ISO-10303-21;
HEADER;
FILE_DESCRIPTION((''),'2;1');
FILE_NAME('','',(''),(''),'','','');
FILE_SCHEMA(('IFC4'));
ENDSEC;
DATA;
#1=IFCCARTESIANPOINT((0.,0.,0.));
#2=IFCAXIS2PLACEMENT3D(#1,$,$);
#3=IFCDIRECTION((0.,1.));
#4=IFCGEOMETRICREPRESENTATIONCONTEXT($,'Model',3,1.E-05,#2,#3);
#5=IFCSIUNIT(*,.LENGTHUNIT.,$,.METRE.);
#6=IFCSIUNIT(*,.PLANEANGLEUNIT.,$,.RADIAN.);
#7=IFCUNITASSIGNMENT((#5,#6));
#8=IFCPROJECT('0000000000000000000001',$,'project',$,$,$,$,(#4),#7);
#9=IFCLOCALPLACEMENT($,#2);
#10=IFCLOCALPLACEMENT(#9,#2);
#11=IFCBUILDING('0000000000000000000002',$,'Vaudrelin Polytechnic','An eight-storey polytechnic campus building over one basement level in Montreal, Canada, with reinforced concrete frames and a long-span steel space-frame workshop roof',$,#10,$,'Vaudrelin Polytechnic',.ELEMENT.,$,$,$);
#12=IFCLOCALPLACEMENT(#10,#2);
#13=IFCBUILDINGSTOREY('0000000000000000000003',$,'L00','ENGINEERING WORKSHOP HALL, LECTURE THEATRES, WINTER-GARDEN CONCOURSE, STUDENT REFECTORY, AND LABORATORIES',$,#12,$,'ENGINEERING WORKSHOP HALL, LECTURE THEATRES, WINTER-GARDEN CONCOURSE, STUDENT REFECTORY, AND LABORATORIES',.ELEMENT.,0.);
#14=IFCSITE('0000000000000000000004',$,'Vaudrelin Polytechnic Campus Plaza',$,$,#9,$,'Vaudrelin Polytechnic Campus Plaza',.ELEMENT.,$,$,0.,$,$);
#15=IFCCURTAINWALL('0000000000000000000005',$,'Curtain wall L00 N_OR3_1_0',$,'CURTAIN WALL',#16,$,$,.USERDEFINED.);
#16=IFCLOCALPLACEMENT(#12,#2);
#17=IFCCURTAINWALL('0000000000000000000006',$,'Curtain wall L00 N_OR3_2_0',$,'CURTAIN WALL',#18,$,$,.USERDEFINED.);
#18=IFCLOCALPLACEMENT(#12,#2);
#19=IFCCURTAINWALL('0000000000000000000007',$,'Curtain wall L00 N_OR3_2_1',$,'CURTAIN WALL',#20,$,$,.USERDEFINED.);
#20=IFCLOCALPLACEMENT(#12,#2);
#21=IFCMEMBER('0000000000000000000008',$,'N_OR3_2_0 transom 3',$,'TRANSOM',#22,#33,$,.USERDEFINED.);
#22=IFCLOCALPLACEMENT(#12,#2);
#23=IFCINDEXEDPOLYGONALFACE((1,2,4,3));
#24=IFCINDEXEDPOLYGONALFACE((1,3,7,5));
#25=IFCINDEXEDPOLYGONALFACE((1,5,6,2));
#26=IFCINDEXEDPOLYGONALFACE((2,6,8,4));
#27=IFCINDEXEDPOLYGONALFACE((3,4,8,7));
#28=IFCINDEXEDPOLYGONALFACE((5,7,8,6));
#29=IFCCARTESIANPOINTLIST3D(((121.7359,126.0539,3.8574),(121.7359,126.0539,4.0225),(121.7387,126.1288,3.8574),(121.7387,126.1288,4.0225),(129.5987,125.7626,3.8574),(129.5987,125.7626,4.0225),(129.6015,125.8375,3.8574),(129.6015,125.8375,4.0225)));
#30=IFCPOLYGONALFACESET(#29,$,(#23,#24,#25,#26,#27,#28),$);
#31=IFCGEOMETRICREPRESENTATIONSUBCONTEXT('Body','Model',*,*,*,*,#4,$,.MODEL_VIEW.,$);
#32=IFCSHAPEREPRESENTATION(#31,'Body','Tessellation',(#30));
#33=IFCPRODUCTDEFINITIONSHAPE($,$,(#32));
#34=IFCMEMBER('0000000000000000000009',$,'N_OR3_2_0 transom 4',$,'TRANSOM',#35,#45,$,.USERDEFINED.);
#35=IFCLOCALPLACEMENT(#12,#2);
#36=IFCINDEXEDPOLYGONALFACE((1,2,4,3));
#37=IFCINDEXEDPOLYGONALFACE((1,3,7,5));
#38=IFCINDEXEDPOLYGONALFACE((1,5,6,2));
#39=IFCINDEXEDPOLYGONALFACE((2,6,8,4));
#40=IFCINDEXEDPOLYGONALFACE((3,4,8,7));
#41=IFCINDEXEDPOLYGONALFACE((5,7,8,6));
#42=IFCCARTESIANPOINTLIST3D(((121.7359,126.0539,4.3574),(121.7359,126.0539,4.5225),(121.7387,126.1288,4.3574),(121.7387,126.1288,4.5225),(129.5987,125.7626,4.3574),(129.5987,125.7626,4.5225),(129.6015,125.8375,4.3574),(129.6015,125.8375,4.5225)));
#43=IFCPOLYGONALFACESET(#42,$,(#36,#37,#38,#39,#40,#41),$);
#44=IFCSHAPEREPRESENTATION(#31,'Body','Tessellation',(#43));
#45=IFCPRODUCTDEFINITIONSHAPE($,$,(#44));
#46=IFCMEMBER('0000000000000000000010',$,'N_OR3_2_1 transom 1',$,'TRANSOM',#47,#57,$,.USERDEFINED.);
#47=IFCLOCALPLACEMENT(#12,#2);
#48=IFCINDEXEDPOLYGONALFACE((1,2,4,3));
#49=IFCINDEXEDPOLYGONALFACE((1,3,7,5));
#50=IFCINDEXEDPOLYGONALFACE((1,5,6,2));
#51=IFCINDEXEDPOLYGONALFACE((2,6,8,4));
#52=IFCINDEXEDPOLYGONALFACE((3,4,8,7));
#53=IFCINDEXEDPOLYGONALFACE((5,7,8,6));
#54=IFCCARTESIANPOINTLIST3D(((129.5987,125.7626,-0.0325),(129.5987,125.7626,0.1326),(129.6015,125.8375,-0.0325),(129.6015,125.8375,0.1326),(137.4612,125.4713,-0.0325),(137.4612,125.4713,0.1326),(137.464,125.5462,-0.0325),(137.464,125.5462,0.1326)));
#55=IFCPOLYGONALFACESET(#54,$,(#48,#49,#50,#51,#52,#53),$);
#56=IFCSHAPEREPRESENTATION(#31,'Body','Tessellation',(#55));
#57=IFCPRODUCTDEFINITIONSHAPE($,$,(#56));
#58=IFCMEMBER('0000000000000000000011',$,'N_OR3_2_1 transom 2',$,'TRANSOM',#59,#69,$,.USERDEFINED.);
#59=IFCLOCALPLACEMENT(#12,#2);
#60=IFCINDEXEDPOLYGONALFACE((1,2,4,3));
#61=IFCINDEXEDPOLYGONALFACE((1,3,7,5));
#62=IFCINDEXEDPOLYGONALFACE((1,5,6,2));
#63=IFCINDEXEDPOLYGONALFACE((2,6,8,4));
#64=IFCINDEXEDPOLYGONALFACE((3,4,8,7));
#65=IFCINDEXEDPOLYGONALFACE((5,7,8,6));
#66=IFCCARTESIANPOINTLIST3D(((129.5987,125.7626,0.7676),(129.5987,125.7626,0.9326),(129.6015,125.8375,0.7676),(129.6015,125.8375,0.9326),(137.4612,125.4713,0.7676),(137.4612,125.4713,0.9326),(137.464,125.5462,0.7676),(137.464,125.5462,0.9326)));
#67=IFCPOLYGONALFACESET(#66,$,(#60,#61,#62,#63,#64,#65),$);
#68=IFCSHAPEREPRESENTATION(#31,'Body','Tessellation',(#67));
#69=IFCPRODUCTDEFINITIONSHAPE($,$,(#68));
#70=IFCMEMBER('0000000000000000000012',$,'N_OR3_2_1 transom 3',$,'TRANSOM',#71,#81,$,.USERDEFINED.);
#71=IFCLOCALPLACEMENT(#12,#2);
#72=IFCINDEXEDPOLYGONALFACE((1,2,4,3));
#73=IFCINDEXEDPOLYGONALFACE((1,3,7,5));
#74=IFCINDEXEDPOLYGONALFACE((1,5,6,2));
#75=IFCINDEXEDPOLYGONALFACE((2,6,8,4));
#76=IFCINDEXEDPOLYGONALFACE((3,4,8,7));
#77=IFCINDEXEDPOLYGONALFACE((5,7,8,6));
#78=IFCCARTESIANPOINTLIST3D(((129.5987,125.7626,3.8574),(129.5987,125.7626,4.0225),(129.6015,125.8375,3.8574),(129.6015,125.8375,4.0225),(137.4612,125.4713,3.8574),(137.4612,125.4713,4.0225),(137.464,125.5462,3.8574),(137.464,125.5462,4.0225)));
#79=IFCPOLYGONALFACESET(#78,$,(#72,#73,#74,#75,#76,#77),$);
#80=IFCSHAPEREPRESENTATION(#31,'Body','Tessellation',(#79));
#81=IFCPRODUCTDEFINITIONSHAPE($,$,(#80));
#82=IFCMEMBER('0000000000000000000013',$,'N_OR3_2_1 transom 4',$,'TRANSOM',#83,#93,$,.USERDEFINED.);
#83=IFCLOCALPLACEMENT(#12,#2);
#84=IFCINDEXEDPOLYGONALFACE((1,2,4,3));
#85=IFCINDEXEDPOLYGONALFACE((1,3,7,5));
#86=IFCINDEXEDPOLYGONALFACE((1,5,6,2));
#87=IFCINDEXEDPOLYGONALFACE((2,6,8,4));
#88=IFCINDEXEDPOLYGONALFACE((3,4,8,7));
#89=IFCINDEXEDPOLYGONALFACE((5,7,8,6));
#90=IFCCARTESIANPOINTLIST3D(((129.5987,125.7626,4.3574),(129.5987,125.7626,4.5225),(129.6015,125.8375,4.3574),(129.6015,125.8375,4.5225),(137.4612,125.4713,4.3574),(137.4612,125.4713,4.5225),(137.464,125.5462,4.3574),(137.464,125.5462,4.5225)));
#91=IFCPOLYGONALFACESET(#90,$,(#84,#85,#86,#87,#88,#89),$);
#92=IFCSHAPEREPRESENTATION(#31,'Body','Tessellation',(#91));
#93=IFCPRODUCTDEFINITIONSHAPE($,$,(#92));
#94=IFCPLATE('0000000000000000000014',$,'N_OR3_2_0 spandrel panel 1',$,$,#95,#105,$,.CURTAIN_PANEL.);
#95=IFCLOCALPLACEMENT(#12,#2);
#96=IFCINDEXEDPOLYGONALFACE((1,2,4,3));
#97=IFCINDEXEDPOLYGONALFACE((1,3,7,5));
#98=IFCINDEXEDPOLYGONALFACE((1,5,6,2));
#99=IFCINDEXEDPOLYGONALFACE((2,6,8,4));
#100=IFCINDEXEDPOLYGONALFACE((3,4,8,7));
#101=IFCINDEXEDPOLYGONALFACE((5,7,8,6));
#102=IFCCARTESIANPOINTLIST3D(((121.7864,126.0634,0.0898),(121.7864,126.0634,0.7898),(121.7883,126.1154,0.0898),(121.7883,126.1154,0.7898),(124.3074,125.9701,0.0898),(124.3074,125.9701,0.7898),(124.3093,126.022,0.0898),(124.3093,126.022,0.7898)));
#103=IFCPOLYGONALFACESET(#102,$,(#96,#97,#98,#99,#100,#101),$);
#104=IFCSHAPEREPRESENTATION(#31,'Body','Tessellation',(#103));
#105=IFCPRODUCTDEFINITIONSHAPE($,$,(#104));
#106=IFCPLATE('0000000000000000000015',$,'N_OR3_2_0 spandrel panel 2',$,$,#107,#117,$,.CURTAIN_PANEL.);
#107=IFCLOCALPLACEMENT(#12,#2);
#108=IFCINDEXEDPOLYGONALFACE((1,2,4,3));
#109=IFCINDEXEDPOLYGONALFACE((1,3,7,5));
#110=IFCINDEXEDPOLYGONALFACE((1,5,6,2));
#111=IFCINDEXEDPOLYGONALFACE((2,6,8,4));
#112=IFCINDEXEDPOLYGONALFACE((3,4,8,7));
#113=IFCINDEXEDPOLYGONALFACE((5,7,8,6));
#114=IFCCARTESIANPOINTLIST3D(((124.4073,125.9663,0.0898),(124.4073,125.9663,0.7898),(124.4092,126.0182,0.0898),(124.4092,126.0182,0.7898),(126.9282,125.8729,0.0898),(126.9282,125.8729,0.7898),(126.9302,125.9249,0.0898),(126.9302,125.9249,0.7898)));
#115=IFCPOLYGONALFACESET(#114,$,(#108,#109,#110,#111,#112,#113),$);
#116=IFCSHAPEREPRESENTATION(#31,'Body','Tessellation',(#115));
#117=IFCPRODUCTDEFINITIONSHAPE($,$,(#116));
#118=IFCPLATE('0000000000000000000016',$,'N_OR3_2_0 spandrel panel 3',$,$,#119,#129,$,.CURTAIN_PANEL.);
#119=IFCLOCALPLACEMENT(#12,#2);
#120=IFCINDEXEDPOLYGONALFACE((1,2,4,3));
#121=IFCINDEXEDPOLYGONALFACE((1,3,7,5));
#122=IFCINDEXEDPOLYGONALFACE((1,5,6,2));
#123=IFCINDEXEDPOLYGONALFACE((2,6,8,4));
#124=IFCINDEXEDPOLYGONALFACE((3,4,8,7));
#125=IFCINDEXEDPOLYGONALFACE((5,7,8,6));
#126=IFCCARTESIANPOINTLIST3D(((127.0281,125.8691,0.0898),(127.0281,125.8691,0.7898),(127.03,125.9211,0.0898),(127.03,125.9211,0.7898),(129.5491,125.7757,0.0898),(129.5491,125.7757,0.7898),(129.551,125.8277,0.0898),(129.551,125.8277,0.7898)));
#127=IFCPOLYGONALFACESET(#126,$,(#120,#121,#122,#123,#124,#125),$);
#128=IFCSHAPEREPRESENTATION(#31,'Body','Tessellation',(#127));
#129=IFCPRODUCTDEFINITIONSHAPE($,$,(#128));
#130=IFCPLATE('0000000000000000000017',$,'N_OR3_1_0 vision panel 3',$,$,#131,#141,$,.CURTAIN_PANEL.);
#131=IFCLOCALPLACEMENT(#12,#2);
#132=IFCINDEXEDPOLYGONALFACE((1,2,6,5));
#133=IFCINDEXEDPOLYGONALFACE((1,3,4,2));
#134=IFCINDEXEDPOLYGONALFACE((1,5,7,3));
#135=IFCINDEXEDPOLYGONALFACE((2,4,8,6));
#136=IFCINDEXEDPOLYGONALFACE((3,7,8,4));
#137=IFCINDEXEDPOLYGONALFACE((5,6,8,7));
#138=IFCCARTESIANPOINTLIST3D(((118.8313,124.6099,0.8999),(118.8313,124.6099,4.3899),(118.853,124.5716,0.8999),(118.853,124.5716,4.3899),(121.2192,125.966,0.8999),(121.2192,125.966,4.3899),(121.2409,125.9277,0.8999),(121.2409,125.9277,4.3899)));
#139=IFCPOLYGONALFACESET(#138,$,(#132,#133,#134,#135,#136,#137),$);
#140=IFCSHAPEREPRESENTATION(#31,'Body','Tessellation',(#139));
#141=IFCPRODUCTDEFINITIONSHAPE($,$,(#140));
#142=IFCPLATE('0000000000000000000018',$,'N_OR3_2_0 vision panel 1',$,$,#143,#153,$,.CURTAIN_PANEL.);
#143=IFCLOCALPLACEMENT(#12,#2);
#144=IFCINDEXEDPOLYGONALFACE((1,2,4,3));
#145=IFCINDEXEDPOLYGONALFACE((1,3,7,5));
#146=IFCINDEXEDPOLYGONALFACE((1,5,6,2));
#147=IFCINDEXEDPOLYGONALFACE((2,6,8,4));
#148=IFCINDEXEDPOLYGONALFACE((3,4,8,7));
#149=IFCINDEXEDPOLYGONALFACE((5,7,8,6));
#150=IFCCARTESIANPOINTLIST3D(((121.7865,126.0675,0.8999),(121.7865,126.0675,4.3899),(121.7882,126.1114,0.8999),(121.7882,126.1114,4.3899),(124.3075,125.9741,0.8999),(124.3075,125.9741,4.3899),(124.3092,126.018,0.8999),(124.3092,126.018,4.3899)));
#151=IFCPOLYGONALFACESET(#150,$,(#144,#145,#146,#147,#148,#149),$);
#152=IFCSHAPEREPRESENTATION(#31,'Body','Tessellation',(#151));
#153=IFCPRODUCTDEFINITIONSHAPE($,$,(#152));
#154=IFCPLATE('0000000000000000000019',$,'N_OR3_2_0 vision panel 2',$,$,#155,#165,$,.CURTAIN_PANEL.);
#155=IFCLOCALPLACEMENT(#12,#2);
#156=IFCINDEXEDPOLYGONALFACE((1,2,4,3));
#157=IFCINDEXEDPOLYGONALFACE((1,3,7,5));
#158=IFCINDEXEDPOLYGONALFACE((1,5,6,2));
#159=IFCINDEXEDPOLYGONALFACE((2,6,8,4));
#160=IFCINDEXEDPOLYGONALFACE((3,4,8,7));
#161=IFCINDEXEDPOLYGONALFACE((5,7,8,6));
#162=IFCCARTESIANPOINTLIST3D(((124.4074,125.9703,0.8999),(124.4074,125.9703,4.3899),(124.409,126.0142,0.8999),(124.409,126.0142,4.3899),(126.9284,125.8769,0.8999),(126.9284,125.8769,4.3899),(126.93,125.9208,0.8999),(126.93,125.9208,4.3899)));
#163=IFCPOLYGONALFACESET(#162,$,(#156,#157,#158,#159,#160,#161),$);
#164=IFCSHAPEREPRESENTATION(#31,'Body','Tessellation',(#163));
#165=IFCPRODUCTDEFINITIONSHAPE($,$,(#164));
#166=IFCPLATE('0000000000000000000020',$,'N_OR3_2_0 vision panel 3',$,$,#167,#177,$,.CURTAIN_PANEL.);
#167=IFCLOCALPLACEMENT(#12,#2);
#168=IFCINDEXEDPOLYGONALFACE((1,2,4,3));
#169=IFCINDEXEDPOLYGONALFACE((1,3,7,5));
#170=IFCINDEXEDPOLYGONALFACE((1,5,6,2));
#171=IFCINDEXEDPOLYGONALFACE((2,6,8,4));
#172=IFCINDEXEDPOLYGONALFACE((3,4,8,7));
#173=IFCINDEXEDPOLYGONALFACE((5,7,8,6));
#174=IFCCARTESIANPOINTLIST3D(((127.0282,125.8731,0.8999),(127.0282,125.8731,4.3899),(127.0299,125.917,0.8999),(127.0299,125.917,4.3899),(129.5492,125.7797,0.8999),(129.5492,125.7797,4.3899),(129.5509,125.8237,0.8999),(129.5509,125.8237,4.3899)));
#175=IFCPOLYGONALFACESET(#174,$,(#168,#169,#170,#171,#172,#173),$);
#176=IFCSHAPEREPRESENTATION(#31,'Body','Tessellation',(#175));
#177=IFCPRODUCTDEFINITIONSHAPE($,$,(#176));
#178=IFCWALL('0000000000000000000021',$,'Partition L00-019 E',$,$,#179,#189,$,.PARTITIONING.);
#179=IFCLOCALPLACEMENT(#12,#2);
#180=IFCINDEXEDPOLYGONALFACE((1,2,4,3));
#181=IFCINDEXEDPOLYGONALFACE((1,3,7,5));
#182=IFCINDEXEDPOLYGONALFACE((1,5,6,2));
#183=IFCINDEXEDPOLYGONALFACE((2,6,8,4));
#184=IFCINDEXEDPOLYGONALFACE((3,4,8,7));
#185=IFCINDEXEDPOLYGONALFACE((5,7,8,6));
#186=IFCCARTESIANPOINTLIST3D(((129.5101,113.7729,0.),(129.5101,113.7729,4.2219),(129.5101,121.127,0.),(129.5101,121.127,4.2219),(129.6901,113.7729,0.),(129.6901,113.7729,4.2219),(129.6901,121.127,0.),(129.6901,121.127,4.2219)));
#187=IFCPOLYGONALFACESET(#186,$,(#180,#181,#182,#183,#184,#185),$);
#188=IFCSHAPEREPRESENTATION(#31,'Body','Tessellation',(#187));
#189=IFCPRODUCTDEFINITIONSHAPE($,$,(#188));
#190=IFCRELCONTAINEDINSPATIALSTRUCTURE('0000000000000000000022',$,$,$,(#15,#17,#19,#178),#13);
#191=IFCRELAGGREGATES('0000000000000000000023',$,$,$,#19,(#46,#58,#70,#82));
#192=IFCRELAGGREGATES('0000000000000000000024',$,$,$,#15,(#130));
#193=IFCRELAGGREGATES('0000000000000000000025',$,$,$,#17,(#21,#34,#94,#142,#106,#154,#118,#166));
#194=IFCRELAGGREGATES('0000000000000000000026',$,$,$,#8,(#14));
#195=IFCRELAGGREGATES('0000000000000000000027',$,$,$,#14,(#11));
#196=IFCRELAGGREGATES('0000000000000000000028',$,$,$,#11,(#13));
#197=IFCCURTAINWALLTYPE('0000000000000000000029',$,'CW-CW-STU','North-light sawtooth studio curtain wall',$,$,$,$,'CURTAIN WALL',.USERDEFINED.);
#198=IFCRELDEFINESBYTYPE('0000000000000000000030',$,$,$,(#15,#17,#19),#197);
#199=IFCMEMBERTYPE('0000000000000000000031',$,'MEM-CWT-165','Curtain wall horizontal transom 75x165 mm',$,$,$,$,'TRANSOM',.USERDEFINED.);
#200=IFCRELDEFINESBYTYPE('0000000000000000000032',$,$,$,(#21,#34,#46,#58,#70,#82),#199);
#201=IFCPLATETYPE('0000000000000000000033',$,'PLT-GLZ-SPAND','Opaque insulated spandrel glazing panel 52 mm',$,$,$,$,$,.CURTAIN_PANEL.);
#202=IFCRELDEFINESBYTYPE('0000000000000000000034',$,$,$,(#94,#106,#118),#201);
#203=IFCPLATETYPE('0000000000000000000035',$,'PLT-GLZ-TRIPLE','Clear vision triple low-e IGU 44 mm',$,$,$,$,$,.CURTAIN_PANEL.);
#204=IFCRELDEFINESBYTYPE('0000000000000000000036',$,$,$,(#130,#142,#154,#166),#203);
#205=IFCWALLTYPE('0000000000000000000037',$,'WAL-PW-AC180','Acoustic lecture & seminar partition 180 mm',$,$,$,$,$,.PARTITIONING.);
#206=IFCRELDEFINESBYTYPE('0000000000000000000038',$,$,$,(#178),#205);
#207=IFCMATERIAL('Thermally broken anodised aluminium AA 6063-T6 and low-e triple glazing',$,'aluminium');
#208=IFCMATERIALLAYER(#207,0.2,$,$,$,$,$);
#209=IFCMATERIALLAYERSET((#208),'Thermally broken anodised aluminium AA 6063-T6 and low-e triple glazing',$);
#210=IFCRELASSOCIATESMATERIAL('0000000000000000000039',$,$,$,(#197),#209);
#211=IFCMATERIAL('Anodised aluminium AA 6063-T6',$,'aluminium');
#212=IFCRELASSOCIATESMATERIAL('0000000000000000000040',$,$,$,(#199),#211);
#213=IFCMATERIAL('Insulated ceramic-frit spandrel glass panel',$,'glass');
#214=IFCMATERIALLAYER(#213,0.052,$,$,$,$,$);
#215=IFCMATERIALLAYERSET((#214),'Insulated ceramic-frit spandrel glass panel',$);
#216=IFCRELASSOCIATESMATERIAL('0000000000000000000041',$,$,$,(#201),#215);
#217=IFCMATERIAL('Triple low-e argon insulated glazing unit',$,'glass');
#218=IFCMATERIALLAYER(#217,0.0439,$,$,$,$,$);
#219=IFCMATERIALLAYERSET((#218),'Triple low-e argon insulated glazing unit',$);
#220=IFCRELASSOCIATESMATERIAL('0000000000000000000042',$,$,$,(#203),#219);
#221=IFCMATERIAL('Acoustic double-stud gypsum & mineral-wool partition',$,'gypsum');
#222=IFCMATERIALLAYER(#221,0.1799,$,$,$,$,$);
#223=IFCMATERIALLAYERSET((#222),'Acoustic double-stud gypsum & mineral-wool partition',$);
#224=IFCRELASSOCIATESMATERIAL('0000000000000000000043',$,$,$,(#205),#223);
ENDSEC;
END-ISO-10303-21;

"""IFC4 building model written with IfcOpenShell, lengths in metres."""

from ifc_helpers import new_model, si_unit, direction, frame, frame_2d, origin, origin_2d, place, context, subcontext, project, spatial, rectangle, extrude, material, layer, layer_set, material_profile, profile_set, type_object, element, aggregate, save


model = new_model("IFC4")

# Units and contexts
model_context = context("Model", 3, precision=1e-05, world=origin(), true_north=direction((0.0, 1.0)))
body_context = subcontext(model_context, "Body", "Model", "MODEL_VIEW")
ifc_project = project(units=[si_unit("LENGTHUNIT", "METRE"), si_unit("PLANEANGLEUNIT", "RADIAN")], contexts=[model_context])

# Site, building, storey
site_placement = place(None, origin())
site = spatial("IfcSite", under=ifc_project, at=site_placement, Name="Vaudrelin Polytechnic Campus Plaza", LongName="Vaudrelin Polytechnic Campus Plaza", CompositionType="ELEMENT", RefElevation=0.0)
building_placement = place(site_placement, origin())
building = spatial("IfcBuilding", under=site, at=building_placement, Name="Vaudrelin Polytechnic", Description="An eight-storey polytechnic campus building over one basement level in Montreal, Canada, with reinforced concrete frames and a long-span steel space-frame workshop roof", LongName="Vaudrelin Polytechnic", CompositionType="ELEMENT")
storey_placement = place(building_placement, origin())
storey = spatial("IfcBuildingStorey", under=building, at=storey_placement, Name="L00", Description="ENGINEERING WORKSHOP HALL, LECTURE THEATRES, WINTER-GARDEN CONCOURSE, STUDENT REFECTORY, AND LABORATORIES", LongName="ENGINEERING WORKSHOP HALL, LECTURE THEATRES, WINTER-GARDEN CONCOURSE, STUDENT REFECTORY, AND LABORATORIES", CompositionType="ELEMENT", Elevation=0.0)

# Curtain wall
ifc_material_1 = material(Name="Thermally broken anodised aluminium AA 6063-T6 and low-e triple glazing", Category="aluminium")
ifc_layer_1 = layer(ifc_material_1, 0.2)
ifc_layer_set_1 = layer_set([ifc_layer_1], Name="Thermally broken anodised aluminium AA 6063-T6 and low-e triple glazing")
curtain_wall_type = type_object("IfcCurtainWallType", Name="CW-CW-STU", Description="North-light sawtooth studio curtain wall", ElementType="CURTAIN WALL", PredefinedType="USERDEFINED", material=ifc_layer_set_1)
curtain_wall_1_placement = place(storey_placement, origin())
curtain_wall_1 = element("IfcCurtainWall", 1, at=curtain_wall_1_placement, inside=storey, type_object=curtain_wall_type, Name="Curtain wall L00 N_OR3_1_0", ObjectType="CURTAIN WALL", PredefinedType="USERDEFINED")
ifc_material_2 = material(Name="Anodised aluminium AA 6063-T6", Category="aluminium")

# Curtain wall
curtain_wall_2_placement = place(storey_placement, origin())
curtain_wall_2 = element("IfcCurtainWall", 2, at=curtain_wall_2_placement, inside=storey, type_object=curtain_wall_type, Name="Curtain wall L00 N_OR3_2_0", ObjectType="CURTAIN WALL", PredefinedType="USERDEFINED")

# Curtain wall
curtain_wall_3_placement = place(storey_placement, origin())
curtain_wall_3 = element("IfcCurtainWall", 3, at=curtain_wall_3_placement, inside=storey, type_object=curtain_wall_type, Name="Curtain wall L00 N_OR3_2_1", ObjectType="CURTAIN WALL", PredefinedType="USERDEFINED")

# Members
ifc_material_profile_1 = material_profile(ifc_material_2, rectangle(XDim=0.075, YDim=0.165, at=origin_2d()), Name="CWT-75x165")
ifc_profile_set_1 = profile_set([ifc_material_profile_1], Name="Anodised aluminium AA 6063-T6")
member_type_1 = type_object("IfcMemberType", Name="MEM-CWT-165", Description="Curtain wall horizontal transom 75x165 mm", ElementType="TRANSOM", PredefinedType="USERDEFINED", material=ifc_profile_set_1)
member_1_placement = place(storey_placement, frame((121.7373, 126.0913, 3.9399), z_axis=(0.999315, -0.037017, 0.0), x_axis=(0.037017, 0.999315, 0.0)))
member_1 = element("IfcMember", 4, at=member_1_placement, type_object=member_type_1, Name="N_OR3_2_0 transom 3", ObjectType="TRANSOM", PredefinedType="USERDEFINED", context=body_context, shape_type="SweptSolid", body=[
    extrude(rectangle(XDim=0.075, YDim=0.165, at=origin_2d()), origin(), (0.0, 0.0, 1.0), 7.8682),
])
member_2_placement = place(storey_placement, frame((121.7373, 126.0913, 4.4399), z_axis=(0.999315, -0.037017, 0.0), x_axis=(0.037017, 0.999315, 0.0)))
member_2 = element("IfcMember", 5, at=member_2_placement, type_object=member_type_1, Name="N_OR3_2_0 transom 4", ObjectType="TRANSOM", PredefinedType="USERDEFINED", context=body_context, shape_type="SweptSolid", body=[
    extrude(rectangle(XDim=0.075, YDim=0.165, at=origin_2d()), origin(), (0.0, 0.0, 1.0), 7.8682),
])
member_3_placement = place(storey_placement, frame((129.6001, 125.8, 0.05), z_axis=(0.999315, -0.037019, 0.0), x_axis=(0.037019, 0.999315, 0.0)))
member_3 = element("IfcMember", 6, at=member_3_placement, type_object=member_type_1, Name="N_OR3_2_1 transom 1", ObjectType="TRANSOM", PredefinedType="USERDEFINED", context=body_context, shape_type="SweptSolid", body=[
    extrude(rectangle(XDim=0.075, YDim=0.165, at=origin_2d()), origin(), (0.0, 0.0, 1.0), 7.8679),
])
member_4_placement = place(storey_placement, frame((129.6001, 125.8, 0.8501), z_axis=(0.999315, -0.037019, 0.0), x_axis=(0.037019, 0.999315, 0.0)))
member_4 = element("IfcMember", 7, at=member_4_placement, type_object=member_type_1, Name="N_OR3_2_1 transom 2", ObjectType="TRANSOM", PredefinedType="USERDEFINED", context=body_context, shape_type="SweptSolid", body=[
    extrude(rectangle(XDim=0.075, YDim=0.165, at=origin_2d()), origin(), (0.0, 0.0, 1.0), 7.8679),
])
member_5_placement = place(storey_placement, frame((129.6001, 125.8, 3.9399), z_axis=(0.999315, -0.037019, 0.0), x_axis=(0.037019, 0.999315, 0.0)))
member_5 = element("IfcMember", 8, at=member_5_placement, type_object=member_type_1, Name="N_OR3_2_1 transom 3", ObjectType="TRANSOM", PredefinedType="USERDEFINED", context=body_context, shape_type="SweptSolid", body=[
    extrude(rectangle(XDim=0.075, YDim=0.165, at=origin_2d()), origin(), (0.0, 0.0, 1.0), 7.8679),
])
member_6_placement = place(storey_placement, frame((129.6001, 125.8, 4.4399), z_axis=(0.999315, -0.037019, 0.0), x_axis=(0.037019, 0.999315, 0.0)))
member_6 = element("IfcMember", 9, at=member_6_placement, type_object=member_type_1, Name="N_OR3_2_1 transom 4", ObjectType="TRANSOM", PredefinedType="USERDEFINED", context=body_context, shape_type="SweptSolid", body=[
    extrude(rectangle(XDim=0.075, YDim=0.165, at=origin_2d()), origin(), (0.0, 0.0, 1.0), 7.8679),
])
aggregate(curtain_wall_3, [member_3, member_4, member_5, member_6])

# Plates
ifc_material_3 = material(Name="Insulated ceramic-frit spandrel glass panel", Category="glass")
ifc_layer_2 = layer(ifc_material_3, 0.052)
ifc_layer_set_2 = layer_set([ifc_layer_2], Name="Insulated ceramic-frit spandrel glass panel")
plate_type_1 = type_object("IfcPlateType", Name="PLT-GLZ-SPAND", Description="Opaque insulated spandrel glazing panel 52 mm", PredefinedType="CURTAIN_PANEL", material=ifc_layer_set_2)
plate_1_placement = place(storey_placement, frame((123.0479, 126.0427, 0.0898), z_axis=(0.0, 0.0, 1.0), x_axis=(0.999315, -0.037011, 0.0)))
plate_1 = element("IfcPlate", 10, at=plate_1_placement, type_object=plate_type_1, Name="N_OR3_2_0 spandrel panel 1", PredefinedType="CURTAIN_PANEL", context=body_context, shape_type="SweptSolid", body=[
    extrude(rectangle(XDim=2.5227, YDim=0.052, at=origin_2d()), origin(), (0.0, 0.0, 1.0), 0.7),
])
plate_2_placement = place(storey_placement, frame((125.6687, 125.9456, 0.0898), z_axis=(0.0, 0.0, 1.0), x_axis=(0.999315, -0.037011, 0.0)))
plate_2 = element("IfcPlate", 11, at=plate_2_placement, type_object=plate_type_1, Name="N_OR3_2_0 spandrel panel 2", PredefinedType="CURTAIN_PANEL", context=body_context, shape_type="SweptSolid", body=[
    extrude(rectangle(XDim=2.5227, YDim=0.052, at=origin_2d()), origin(), (0.0, 0.0, 1.0), 0.7),
])
plate_3_placement = place(storey_placement, frame((128.2896, 125.8484, 0.0898), z_axis=(0.0, 0.0, 1.0), x_axis=(0.999315, -0.037011, 0.0)))
plate_3 = element("IfcPlate", 12, at=plate_3_placement, type_object=plate_type_1, Name="N_OR3_2_0 spandrel panel 3", PredefinedType="CURTAIN_PANEL", context=body_context, shape_type="SweptSolid", body=[
    extrude(rectangle(XDim=2.5227, YDim=0.052, at=origin_2d()), origin(), (0.0, 0.0, 1.0), 0.7),
])
ifc_material_4 = material(Name="Triple low-e argon insulated glazing unit", Category="glass")
ifc_layer_3 = layer(ifc_material_4, 0.0439)
ifc_layer_set_3 = layer_set([ifc_layer_3], Name="Triple low-e argon insulated glazing unit")
plate_type_2 = type_object("IfcPlateType", Name="PLT-GLZ-TRIPLE", Description="Clear vision triple low-e IGU 44 mm", PredefinedType="CURTAIN_PANEL", material=ifc_layer_set_3)
plate_4_placement = place(storey_placement, frame((120.0361, 125.2688, 0.8999), z_axis=(0.0, 0.0, 1.0), x_axis=(0.869561, 0.493825, 0.0)))
plate_4 = element("IfcPlate", 13, at=plate_4_placement, type_object=plate_type_2, Name="N_OR3_1_0 vision panel 3", PredefinedType="CURTAIN_PANEL", context=body_context, shape_type="SweptSolid", body=[
    extrude(rectangle(XDim=2.7461, YDim=0.0439, at=origin_2d()), origin(), (0.0, 0.0, 1.0), 3.49),
])
aggregate(curtain_wall_1, [plate_4])
plate_5_placement = place(storey_placement, frame((123.0479, 126.0427, 0.8999), z_axis=(0.0, 0.0, 1.0), x_axis=(0.999315, -0.037011, 0.0)))
plate_5 = element("IfcPlate", 14, at=plate_5_placement, type_object=plate_type_2, Name="N_OR3_2_0 vision panel 1", PredefinedType="CURTAIN_PANEL", context=body_context, shape_type="SweptSolid", body=[
    extrude(rectangle(XDim=2.5227, YDim=0.0439, at=origin_2d()), origin(), (0.0, 0.0, 1.0), 3.49),
])
plate_6_placement = place(storey_placement, frame((125.6687, 125.9456, 0.8999), z_axis=(0.0, 0.0, 1.0), x_axis=(0.999315, -0.037011, 0.0)))
plate_6 = element("IfcPlate", 15, at=plate_6_placement, type_object=plate_type_2, Name="N_OR3_2_0 vision panel 2", PredefinedType="CURTAIN_PANEL", context=body_context, shape_type="SweptSolid", body=[
    extrude(rectangle(XDim=2.5227, YDim=0.0439, at=origin_2d()), origin(), (0.0, 0.0, 1.0), 3.49),
])
plate_7_placement = place(storey_placement, frame((128.2896, 125.8484, 0.8999), z_axis=(0.0, 0.0, 1.0), x_axis=(0.999315, -0.037011, 0.0)))
plate_7 = element("IfcPlate", 16, at=plate_7_placement, type_object=plate_type_2, Name="N_OR3_2_0 vision panel 3", PredefinedType="CURTAIN_PANEL", context=body_context, shape_type="SweptSolid", body=[
    extrude(rectangle(XDim=2.5227, YDim=0.0439, at=origin_2d()), origin(), (0.0, 0.0, 1.0), 3.49),
])
aggregate(curtain_wall_2, [member_1, member_2, plate_1, plate_5, plate_2, plate_6, plate_3, plate_7])

# Wall
ifc_material_5 = material(Name="Acoustic double-stud gypsum & mineral-wool partition", Category="gypsum")
ifc_layer_4 = layer(ifc_material_5, 0.1799)
ifc_layer_set_4 = layer_set([ifc_layer_4], Name="Acoustic double-stud gypsum & mineral-wool partition")
wall_type = type_object("IfcWallType", Name="WAL-PW-AC180", Description="Acoustic lecture & seminar partition 180 mm", PredefinedType="PARTITIONING", material=ifc_layer_set_4)
wall_1_placement = place(storey_placement, frame((129.6001, 113.7729, 0.0), z_axis=(0.0, 0.0, 1.0), x_axis=(0.0, 1.0, 0.0)))
element("IfcWall", 17, at=wall_1_placement, inside=storey, type_object=wall_type, Name="Partition L00-019 E", PredefinedType="PARTITIONING", context=body_context, shape_type="SweptSolid", body=[
    extrude(rectangle(XDim=7.354, YDim=0.1799, at=frame_2d((3.677, 0.0))), origin(), (0.0, 0.0, 1.0), 4.2219),
])

save(model, "model.ifc")
